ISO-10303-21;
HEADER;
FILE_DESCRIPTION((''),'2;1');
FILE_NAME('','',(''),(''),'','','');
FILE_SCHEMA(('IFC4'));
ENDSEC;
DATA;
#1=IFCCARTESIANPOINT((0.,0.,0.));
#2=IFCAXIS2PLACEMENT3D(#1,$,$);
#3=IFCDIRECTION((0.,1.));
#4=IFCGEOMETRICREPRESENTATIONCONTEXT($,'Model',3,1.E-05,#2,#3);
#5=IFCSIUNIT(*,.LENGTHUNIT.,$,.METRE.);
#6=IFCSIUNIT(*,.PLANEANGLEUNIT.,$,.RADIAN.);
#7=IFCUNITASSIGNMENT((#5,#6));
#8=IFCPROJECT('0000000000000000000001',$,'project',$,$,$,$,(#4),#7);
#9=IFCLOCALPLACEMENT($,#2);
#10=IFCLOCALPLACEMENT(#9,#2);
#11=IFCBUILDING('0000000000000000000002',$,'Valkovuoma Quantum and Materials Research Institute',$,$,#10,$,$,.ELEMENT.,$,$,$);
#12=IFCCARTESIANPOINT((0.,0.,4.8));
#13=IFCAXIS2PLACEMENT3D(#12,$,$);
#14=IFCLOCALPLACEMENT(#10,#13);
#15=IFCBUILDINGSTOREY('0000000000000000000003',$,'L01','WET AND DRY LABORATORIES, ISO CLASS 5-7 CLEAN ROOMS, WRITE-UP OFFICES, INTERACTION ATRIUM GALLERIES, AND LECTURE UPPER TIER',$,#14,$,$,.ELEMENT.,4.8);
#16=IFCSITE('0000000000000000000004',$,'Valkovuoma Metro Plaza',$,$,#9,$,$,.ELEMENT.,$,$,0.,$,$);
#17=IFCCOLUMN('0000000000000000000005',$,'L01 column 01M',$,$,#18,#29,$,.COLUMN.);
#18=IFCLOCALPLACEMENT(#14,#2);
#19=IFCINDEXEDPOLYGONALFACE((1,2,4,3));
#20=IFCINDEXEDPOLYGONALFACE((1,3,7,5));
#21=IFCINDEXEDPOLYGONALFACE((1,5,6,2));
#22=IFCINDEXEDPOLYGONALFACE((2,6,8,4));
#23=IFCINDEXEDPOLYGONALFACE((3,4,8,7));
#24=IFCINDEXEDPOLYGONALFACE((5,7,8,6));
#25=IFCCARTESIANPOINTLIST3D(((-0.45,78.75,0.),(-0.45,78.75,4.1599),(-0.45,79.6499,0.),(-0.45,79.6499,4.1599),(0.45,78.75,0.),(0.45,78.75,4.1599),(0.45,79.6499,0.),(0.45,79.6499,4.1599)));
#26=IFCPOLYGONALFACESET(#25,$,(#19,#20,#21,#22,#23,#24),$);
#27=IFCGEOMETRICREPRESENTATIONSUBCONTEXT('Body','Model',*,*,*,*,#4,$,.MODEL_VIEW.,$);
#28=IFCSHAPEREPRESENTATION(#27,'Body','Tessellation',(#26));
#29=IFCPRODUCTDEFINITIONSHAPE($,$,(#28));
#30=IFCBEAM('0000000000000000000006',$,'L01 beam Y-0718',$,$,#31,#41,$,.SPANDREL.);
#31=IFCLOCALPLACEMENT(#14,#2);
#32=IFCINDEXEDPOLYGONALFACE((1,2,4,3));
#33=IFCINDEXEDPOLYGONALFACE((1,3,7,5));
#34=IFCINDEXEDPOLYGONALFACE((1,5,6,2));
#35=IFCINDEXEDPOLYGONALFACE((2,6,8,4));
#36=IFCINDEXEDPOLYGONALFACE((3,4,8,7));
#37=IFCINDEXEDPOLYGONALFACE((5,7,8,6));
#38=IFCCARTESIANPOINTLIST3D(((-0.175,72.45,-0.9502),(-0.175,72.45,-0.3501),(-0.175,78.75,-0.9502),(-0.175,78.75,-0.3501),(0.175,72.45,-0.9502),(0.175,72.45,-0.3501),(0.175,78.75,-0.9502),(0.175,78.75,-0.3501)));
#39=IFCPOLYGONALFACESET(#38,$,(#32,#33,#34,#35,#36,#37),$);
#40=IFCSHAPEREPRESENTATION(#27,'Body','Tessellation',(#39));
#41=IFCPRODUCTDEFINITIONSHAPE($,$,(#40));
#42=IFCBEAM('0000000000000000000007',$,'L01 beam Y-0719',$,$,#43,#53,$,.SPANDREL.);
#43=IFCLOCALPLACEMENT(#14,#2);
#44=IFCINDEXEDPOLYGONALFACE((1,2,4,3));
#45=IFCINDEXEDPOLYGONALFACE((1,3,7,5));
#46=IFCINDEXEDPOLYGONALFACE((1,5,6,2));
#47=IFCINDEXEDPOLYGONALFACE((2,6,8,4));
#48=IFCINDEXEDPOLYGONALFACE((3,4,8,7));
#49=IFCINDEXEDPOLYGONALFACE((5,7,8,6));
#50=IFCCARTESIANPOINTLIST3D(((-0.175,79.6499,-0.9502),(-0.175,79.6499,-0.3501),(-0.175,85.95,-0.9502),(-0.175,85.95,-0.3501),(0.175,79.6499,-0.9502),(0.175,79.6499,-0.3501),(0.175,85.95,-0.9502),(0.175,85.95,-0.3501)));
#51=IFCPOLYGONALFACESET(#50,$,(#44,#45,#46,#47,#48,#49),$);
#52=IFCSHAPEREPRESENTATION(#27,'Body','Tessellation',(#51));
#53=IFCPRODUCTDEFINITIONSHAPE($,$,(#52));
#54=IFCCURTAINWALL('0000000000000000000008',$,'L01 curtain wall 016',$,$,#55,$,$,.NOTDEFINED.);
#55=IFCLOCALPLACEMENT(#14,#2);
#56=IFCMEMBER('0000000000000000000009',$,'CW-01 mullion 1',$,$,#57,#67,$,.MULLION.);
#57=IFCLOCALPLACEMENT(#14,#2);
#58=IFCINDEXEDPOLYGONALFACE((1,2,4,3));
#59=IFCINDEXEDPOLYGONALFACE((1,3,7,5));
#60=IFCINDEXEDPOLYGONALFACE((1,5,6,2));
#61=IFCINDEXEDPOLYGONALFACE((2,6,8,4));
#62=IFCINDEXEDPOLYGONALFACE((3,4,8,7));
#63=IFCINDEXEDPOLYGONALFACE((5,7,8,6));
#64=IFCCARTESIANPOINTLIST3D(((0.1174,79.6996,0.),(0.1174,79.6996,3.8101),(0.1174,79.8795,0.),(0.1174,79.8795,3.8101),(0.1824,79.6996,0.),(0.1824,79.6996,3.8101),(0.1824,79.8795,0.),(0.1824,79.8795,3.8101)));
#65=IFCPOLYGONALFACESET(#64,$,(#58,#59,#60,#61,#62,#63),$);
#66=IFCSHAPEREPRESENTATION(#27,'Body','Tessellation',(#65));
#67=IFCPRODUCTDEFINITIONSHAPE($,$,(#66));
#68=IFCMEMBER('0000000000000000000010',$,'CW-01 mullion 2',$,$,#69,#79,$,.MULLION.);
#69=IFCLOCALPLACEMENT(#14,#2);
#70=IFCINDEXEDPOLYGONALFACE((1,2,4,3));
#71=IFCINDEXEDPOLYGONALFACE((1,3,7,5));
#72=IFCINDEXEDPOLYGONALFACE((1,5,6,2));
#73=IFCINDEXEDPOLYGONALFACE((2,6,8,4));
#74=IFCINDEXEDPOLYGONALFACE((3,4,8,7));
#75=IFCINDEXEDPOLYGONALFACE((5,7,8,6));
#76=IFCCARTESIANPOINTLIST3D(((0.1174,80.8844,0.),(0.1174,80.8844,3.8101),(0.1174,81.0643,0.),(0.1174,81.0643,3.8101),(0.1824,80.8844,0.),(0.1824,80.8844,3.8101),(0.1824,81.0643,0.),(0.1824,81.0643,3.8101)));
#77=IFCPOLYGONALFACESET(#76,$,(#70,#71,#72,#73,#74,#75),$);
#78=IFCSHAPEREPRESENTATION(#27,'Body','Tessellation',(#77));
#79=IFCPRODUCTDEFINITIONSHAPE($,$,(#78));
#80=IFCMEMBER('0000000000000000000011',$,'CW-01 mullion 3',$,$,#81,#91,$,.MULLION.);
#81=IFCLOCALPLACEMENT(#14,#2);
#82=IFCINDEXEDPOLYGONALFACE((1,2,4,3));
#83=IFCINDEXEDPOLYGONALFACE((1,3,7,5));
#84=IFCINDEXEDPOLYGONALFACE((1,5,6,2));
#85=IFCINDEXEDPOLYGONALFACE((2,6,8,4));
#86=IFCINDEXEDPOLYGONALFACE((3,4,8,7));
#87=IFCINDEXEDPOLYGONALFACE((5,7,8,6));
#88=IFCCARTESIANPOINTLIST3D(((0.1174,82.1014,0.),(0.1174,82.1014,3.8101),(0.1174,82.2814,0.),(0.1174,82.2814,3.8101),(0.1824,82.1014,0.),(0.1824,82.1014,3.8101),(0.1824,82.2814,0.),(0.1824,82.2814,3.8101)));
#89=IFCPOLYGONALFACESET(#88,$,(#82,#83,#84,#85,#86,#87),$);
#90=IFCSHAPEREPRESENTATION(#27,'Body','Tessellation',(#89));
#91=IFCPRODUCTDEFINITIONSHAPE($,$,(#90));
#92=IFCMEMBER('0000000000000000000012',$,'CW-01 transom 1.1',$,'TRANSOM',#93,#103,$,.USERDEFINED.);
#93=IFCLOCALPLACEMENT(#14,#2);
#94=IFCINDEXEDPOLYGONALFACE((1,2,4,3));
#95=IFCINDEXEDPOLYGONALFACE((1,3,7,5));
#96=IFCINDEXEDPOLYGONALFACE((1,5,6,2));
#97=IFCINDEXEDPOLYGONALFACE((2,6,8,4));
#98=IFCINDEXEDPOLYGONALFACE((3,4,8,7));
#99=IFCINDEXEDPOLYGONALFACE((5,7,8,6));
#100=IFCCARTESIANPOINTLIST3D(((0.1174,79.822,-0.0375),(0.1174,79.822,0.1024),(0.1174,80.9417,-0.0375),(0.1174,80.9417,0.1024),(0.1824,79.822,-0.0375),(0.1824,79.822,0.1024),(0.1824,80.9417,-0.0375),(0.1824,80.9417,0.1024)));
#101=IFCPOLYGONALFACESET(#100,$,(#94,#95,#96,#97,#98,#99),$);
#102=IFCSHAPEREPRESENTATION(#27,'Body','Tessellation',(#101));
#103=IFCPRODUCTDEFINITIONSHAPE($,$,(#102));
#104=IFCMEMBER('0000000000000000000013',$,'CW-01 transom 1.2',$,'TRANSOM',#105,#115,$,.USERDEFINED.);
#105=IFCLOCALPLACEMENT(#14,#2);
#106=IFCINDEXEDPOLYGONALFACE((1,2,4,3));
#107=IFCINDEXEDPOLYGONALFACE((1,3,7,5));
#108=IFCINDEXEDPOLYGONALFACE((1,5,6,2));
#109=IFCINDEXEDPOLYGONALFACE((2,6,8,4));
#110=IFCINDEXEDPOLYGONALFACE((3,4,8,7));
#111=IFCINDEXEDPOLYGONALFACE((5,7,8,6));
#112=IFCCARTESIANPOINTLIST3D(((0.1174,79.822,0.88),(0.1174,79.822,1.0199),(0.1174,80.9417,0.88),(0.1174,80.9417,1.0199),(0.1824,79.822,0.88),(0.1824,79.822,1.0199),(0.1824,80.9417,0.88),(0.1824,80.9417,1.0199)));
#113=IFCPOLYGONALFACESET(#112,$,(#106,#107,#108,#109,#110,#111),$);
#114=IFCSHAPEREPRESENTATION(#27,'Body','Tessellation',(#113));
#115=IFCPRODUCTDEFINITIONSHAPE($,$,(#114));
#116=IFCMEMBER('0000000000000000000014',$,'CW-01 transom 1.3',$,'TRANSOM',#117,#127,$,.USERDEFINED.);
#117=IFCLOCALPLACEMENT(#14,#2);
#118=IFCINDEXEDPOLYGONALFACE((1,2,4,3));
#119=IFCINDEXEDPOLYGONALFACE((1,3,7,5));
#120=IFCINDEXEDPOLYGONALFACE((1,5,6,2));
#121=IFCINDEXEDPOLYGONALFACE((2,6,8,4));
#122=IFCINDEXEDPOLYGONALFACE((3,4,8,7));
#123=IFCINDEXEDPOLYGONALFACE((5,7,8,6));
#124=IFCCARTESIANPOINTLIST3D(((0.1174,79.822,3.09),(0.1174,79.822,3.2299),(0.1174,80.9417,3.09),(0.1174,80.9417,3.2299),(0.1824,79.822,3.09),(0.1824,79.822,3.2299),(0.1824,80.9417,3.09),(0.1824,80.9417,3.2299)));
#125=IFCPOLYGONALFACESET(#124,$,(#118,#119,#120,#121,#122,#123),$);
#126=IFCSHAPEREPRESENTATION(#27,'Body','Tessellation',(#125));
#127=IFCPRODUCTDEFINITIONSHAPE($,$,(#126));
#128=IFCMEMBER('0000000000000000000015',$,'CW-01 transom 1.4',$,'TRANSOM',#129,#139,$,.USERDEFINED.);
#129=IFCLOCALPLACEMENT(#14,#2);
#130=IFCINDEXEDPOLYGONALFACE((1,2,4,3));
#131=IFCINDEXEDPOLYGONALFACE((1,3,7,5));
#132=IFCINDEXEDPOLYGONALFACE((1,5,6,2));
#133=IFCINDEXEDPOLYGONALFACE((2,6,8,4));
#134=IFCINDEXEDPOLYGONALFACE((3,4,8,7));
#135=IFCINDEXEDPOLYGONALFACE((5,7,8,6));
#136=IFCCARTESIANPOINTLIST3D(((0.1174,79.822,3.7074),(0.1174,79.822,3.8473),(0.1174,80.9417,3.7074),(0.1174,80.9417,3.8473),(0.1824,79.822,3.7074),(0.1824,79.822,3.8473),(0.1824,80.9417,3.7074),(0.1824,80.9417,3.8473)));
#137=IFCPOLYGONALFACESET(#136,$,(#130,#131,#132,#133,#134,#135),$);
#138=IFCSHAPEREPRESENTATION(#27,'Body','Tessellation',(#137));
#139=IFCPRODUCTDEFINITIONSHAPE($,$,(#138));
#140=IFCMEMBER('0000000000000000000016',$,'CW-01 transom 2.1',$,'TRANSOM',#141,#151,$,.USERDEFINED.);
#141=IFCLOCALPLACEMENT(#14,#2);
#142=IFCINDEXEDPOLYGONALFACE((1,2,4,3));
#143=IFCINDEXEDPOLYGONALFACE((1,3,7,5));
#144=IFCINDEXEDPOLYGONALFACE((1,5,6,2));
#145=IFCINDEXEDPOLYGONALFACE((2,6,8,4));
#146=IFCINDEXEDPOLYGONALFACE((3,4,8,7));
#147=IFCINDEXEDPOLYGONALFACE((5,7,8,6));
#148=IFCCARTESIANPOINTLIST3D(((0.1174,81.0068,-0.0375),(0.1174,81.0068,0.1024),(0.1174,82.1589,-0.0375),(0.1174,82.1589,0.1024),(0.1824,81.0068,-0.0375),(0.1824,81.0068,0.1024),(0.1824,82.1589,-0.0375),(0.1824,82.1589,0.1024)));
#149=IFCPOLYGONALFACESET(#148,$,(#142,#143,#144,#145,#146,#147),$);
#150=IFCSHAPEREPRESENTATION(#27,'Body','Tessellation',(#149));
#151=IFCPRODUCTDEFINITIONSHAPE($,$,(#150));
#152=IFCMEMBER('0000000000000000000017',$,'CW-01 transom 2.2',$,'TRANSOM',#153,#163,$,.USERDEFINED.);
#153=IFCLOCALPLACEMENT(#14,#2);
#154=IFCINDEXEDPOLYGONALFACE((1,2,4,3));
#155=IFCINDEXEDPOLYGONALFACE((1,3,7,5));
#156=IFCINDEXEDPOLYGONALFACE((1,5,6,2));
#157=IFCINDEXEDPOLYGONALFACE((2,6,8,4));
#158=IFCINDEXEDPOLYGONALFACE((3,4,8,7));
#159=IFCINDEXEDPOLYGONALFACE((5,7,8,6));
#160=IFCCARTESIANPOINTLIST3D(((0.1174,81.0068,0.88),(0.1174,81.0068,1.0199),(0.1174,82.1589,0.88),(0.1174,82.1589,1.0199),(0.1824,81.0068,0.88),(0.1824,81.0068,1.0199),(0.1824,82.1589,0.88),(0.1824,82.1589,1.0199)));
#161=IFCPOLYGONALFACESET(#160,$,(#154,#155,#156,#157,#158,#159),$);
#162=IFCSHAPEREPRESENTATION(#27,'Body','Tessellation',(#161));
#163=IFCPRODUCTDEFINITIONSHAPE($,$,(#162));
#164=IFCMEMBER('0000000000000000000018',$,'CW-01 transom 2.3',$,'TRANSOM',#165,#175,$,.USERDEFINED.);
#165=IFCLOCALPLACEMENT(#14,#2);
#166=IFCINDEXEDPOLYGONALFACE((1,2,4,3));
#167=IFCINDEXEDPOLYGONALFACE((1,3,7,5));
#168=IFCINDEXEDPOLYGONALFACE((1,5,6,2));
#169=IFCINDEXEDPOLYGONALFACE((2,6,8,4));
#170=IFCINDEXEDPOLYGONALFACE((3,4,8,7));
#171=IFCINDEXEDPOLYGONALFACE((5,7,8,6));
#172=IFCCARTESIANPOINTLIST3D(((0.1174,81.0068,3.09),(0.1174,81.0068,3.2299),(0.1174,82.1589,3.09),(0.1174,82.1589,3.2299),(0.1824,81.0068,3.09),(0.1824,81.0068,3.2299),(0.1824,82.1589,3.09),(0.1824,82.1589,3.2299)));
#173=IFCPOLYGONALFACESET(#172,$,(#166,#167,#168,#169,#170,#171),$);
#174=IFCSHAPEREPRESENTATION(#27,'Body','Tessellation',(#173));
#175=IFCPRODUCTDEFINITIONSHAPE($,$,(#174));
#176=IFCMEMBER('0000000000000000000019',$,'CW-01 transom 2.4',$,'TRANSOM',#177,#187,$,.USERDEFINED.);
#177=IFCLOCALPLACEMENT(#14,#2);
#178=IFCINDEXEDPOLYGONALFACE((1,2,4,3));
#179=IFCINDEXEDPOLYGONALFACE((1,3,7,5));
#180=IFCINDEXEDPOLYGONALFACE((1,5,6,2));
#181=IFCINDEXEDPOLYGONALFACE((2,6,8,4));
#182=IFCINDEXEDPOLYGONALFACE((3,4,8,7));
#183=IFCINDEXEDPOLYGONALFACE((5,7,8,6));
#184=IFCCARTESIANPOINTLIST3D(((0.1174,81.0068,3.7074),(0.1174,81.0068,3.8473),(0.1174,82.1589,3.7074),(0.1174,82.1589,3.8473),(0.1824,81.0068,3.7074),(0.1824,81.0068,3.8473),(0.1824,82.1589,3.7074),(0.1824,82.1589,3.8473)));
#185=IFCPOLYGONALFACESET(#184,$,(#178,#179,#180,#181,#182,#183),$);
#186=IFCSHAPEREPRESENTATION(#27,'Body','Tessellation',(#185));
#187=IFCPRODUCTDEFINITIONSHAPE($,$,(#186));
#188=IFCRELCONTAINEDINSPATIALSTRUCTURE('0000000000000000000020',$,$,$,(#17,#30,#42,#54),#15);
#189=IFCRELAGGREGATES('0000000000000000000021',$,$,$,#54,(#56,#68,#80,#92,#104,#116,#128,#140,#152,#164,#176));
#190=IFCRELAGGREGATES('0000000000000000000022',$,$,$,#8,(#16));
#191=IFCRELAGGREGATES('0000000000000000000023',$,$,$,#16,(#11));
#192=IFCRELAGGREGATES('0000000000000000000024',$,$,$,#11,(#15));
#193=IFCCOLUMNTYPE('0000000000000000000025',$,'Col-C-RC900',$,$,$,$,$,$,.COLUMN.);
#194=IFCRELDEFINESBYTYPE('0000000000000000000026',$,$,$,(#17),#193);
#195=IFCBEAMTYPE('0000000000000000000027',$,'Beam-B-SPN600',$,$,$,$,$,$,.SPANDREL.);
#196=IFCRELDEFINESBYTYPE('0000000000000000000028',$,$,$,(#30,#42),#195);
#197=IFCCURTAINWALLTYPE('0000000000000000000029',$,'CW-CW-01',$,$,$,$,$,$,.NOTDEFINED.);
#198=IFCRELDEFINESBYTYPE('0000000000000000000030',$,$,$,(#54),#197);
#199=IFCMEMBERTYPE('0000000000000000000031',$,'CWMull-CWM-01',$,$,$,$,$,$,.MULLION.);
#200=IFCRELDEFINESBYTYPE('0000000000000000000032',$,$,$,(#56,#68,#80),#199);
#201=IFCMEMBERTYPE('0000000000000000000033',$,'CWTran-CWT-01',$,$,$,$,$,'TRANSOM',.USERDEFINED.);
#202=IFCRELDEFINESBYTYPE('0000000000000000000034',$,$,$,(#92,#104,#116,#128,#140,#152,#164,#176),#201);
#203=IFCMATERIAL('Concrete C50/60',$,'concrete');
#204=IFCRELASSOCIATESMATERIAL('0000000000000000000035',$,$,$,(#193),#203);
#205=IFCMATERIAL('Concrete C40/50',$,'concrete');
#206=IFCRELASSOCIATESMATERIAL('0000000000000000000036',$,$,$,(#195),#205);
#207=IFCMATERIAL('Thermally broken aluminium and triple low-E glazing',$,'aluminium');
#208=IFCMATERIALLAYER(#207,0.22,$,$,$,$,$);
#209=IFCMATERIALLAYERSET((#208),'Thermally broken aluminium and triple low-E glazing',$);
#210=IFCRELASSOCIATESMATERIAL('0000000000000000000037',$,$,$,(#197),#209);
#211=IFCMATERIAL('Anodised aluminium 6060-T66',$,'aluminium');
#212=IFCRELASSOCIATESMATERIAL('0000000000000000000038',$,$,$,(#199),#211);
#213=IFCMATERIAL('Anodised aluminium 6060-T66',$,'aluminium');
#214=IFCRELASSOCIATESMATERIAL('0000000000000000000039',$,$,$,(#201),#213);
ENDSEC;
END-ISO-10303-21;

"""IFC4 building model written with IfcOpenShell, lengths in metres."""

from ifc_helpers import new_model, si_unit, direction, frame, origin, origin_2d, place, context, subcontext, project, spatial, rectangle, extrude, material, layer, layer_set, material_profile, profile_set, type_object, element, aggregate, save


model = new_model("IFC4")

# Units and contexts
model_context = context("Model", 3, precision=1e-05, world=origin(), true_north=direction((0.0, 1.0)))
body_context = subcontext(model_context, "Body", "Model", "MODEL_VIEW")
ifc_project = project(units=[si_unit("LENGTHUNIT", "METRE"), si_unit("PLANEANGLEUNIT", "RADIAN")], contexts=[model_context])

# Site, building, storey
site_placement = place(None, origin())
site = spatial("IfcSite", under=ifc_project, at=site_placement, Name="Valkovuoma Metro Plaza", CompositionType="ELEMENT", RefElevation=0.0)
building_placement = place(site_placement, origin())
building = spatial("IfcBuilding", under=site, at=building_placement, Name="Valkovuoma Quantum and Materials Research Institute", CompositionType="ELEMENT")
storey_placement = place(building_placement, frame((0.0, 0.0, 4.8)))
storey = spatial("IfcBuildingStorey", under=building, at=storey_placement, Name="L01", Description="WET AND DRY LABORATORIES, ISO CLASS 5-7 CLEAN ROOMS, WRITE-UP OFFICES, INTERACTION ATRIUM GALLERIES, AND LECTURE UPPER TIER", CompositionType="ELEMENT", Elevation=4.8)

# Column
ifc_material_1 = material(Name="Concrete C50/60", Category="concrete")
ifc_material_profile_1 = material_profile(ifc_material_1, rectangle(XDim=0.8999, YDim=0.8999, at=origin_2d()), Name="Concrete C50/60")
ifc_profile_set_1 = profile_set([ifc_material_profile_1], Name="Concrete C50/60")
column_type = type_object("IfcColumnType", Name="Col-C-RC900", PredefinedType="COLUMN", material=ifc_profile_set_1)
column_placement = place(storey_placement, frame((0.0, 79.2, 0.0), z_axis=(0.0, 0.0, 1.0), x_axis=(1.0, 0.0, 0.0)))
element("IfcColumn", 1, at=column_placement, inside=storey, type_object=column_type, Name="L01 column 01M", PredefinedType="COLUMN", context=body_context, shape_type="SweptSolid", body=[
    extrude(rectangle(XDim=0.8999, YDim=0.8999, at=origin_2d()), origin(), (0.0, 0.0, 1.0), 4.1599),
])

# Beams
ifc_material_2 = material(Name="Concrete C40/50", Category="concrete")
ifc_material_profile_2 = material_profile(ifc_material_2, rectangle(XDim=0.3501, YDim=0.6001, at=origin_2d()), Name="Concrete C40/50")
ifc_profile_set_2 = profile_set([ifc_material_profile_2], Name="Concrete C40/50")
beam_type = type_object("IfcBeamType", Name="Beam-B-SPN600", PredefinedType="SPANDREL", material=ifc_profile_set_2)
for number, where, z_axis, x_axis, name in (
    (2, (0.0, 72.45, -0.6501), (0.0, 1.0, 0.0), (-1.0, 0.0, 0.0), "L01 beam Y-0718"),
    (3, (0.0, 79.6499, -0.6501), (0.0, 1.0, 0.0), (-1.0, 0.0, 0.0), "L01 beam Y-0719"),
):
    element("IfcBeam", number, at=place(storey_placement, frame(where, z_axis=z_axis, x_axis=x_axis)), inside=storey, type_object=beam_type, Name=name, PredefinedType="SPANDREL", context=body_context, shape_type="SweptSolid", body=[
        extrude(rectangle(XDim=0.3501, YDim=0.6001, at=origin_2d()), origin(), (0.0, 0.0, 1.0), 6.3),
    ])

# Curtain wall, members
ifc_material_3 = material(Name="Thermally broken aluminium and triple low-E glazing", Category="aluminium")
ifc_layer_1 = layer(ifc_material_3, 0.22)
ifc_layer_set_1 = layer_set([ifc_layer_1], Name="Thermally broken aluminium and triple low-E glazing")
curtain_wall_type = type_object("IfcCurtainWallType", Name="CW-CW-01", PredefinedType="NOTDEFINED", material=ifc_layer_set_1)
curtain_wall_placement = place(storey_placement, origin())
curtain_wall = element("IfcCurtainWall", 4, at=curtain_wall_placement, inside=storey, type_object=curtain_wall_type, Name="L01 curtain wall 016", PredefinedType="NOTDEFINED")
ifc_material_4 = material(Name="Anodised aluminium 6060-T66", Category="aluminium")
ifc_material_profile_3 = material_profile(ifc_material_4, rectangle(XDim=0.0649, YDim=0.1799, at=origin_2d()), Name="Anodised aluminium 6060-T66")
ifc_profile_set_3 = profile_set([ifc_material_profile_3], Name="Anodised aluminium 6060-T66")
member_type_1 = type_object("IfcMemberType", Name="CWMull-CWM-01", PredefinedType="MULLION", material=ifc_profile_set_3)
member_1_placement = place(storey_placement, frame((0.1499, 79.7896, 0.0), z_axis=(0.0, 0.0, 1.0), x_axis=(-1.0, 0.0, 0.0)))
member_1 = element("IfcMember", 5, at=member_1_placement, type_object=member_type_1, Name="CW-01 mullion 1", PredefinedType="MULLION", context=body_context, shape_type="SweptSolid", body=[
    extrude(rectangle(XDim=0.0649, YDim=0.1799, at=origin_2d()), origin(), (0.0, 0.0, 1.0), 3.8101),
])
member_2_placement = place(storey_placement, frame((0.1499, 80.9744, 0.0), z_axis=(0.0, 0.0, 1.0), x_axis=(-1.0, 0.0, 0.0)))
member_2 = element("IfcMember", 6, at=member_2_placement, type_object=member_type_1, Name="CW-01 mullion 2", PredefinedType="MULLION", context=body_context, shape_type="SweptSolid", body=[
    extrude(rectangle(XDim=0.0649, YDim=0.1799, at=origin_2d()), origin(), (0.0, 0.0, 1.0), 3.8101),
])
member_3_placement = place(storey_placement, frame((0.1499, 82.1914, 0.0), z_axis=(0.0, 0.0, 1.0), x_axis=(-1.0, 0.0, 0.0)))
member_3 = element("IfcMember", 7, at=member_3_placement, type_object=member_type_1, Name="CW-01 mullion 3", PredefinedType="MULLION", context=body_context, shape_type="SweptSolid", body=[
    extrude(rectangle(XDim=0.0649, YDim=0.1799, at=origin_2d()), origin(), (0.0, 0.0, 1.0), 3.8101),
])
ifc_material_5 = material(Name="Anodised aluminium 6060-T66", Category="aluminium")
ifc_material_profile_4 = material_profile(ifc_material_5, rectangle(XDim=0.0649, YDim=0.1399, at=origin_2d()), Name="Anodised aluminium 6060-T66")
ifc_profile_set_4 = profile_set([ifc_material_profile_4], Name="Anodised aluminium 6060-T66")
member_type_2 = type_object("IfcMemberType", Name="CWTran-CWT-01", ElementType="TRANSOM", PredefinedType="USERDEFINED", material=ifc_profile_set_4)
member_4_placement = place(storey_placement, frame((0.1499, 79.822, 0.0325), z_axis=(0.0, 1.0, 0.0), x_axis=(-1.0, 0.0, 0.0)))
member_4 = element("IfcMember", 8, at=member_4_placement, type_object=member_type_2, Name="CW-01 transom 1.1", ObjectType="TRANSOM", PredefinedType="USERDEFINED", context=body_context, shape_type="SweptSolid", body=[
    extrude(rectangle(XDim=0.0649, YDim=0.1399, at=origin_2d()), origin(), (0.0, 0.0, 1.0), 1.1196),
])
member_5_placement = place(storey_placement, frame((0.1499, 79.822, 0.95), z_axis=(0.0, 1.0, 0.0), x_axis=(-1.0, 0.0, 0.0)))
member_5 = element("IfcMember", 9, at=member_5_placement, type_object=member_type_2, Name="CW-01 transom 1.2", ObjectType="TRANSOM", PredefinedType="USERDEFINED", context=body_context, shape_type="SweptSolid", body=[
    extrude(rectangle(XDim=0.0649, YDim=0.1399, at=origin_2d()), origin(), (0.0, 0.0, 1.0), 1.1196),
])
member_6_placement = place(storey_placement, frame((0.1499, 79.822, 3.1599), z_axis=(0.0, 1.0, 0.0), x_axis=(-1.0, 0.0, 0.0)))
member_6 = element("IfcMember", 10, at=member_6_placement, type_object=member_type_2, Name="CW-01 transom 1.3", ObjectType="TRANSOM", PredefinedType="USERDEFINED", context=body_context, shape_type="SweptSolid", body=[
    extrude(rectangle(XDim=0.0649, YDim=0.1399, at=origin_2d()), origin(), (0.0, 0.0, 1.0), 1.1196),
])
member_7_placement = place(storey_placement, frame((0.1499, 79.822, 3.7773), z_axis=(0.0, 1.0, 0.0), x_axis=(-1.0, 0.0, 0.0)))
member_7 = element("IfcMember", 11, at=member_7_placement, type_object=member_type_2, Name="CW-01 transom 1.4", ObjectType="TRANSOM", PredefinedType="USERDEFINED", context=body_context, shape_type="SweptSolid", body=[
    extrude(rectangle(XDim=0.0649, YDim=0.1399, at=origin_2d()), origin(), (0.0, 0.0, 1.0), 1.1196),
])
member_8_placement = place(storey_placement, frame((0.1499, 81.0068, 0.0325), z_axis=(0.0, 1.0, 0.0), x_axis=(-1.0, 0.0, 0.0)))
member_8 = element("IfcMember", 12, at=member_8_placement, type_object=member_type_2, Name="CW-01 transom 2.1", ObjectType="TRANSOM", PredefinedType="USERDEFINED", context=body_context, shape_type="SweptSolid", body=[
    extrude(rectangle(XDim=0.0649, YDim=0.1399, at=origin_2d()), origin(), (0.0, 0.0, 1.0), 1.1521),
])
member_9_placement = place(storey_placement, frame((0.1499, 81.0068, 0.95), z_axis=(0.0, 1.0, 0.0), x_axis=(-1.0, 0.0, 0.0)))
member_9 = element("IfcMember", 13, at=member_9_placement, type_object=member_type_2, Name="CW-01 transom 2.2", ObjectType="TRANSOM", PredefinedType="USERDEFINED", context=body_context, shape_type="SweptSolid", body=[
    extrude(rectangle(XDim=0.0649, YDim=0.1399, at=origin_2d()), origin(), (0.0, 0.0, 1.0), 1.1521),
])
member_10_placement = place(storey_placement, frame((0.1499, 81.0068, 3.1599), z_axis=(0.0, 1.0, 0.0), x_axis=(-1.0, 0.0, 0.0)))
member_10 = element("IfcMember", 14, at=member_10_placement, type_object=member_type_2, Name="CW-01 transom 2.3", ObjectType="TRANSOM", PredefinedType="USERDEFINED", context=body_context, shape_type="SweptSolid", body=[
    extrude(rectangle(XDim=0.0649, YDim=0.1399, at=origin_2d()), origin(), (0.0, 0.0, 1.0), 1.1521),
])
member_11_placement = place(storey_placement, frame((0.1499, 81.0068, 3.7773), z_axis=(0.0, 1.0, 0.0), x_axis=(-1.0, 0.0, 0.0)))
member_11 = element("IfcMember", 15, at=member_11_placement, type_object=member_type_2, Name="CW-01 transom 2.4", ObjectType="TRANSOM", PredefinedType="USERDEFINED", context=body_context, shape_type="SweptSolid", body=[
    extrude(rectangle(XDim=0.0649, YDim=0.1399, at=origin_2d()), origin(), (0.0, 0.0, 1.0), 1.1521),
])
aggregate(curtain_wall, [member_1, member_2, member_3, member_4, member_5, member_6, member_7, member_8, member_9, member_10, member_11])

save(model, "model.ifc")
